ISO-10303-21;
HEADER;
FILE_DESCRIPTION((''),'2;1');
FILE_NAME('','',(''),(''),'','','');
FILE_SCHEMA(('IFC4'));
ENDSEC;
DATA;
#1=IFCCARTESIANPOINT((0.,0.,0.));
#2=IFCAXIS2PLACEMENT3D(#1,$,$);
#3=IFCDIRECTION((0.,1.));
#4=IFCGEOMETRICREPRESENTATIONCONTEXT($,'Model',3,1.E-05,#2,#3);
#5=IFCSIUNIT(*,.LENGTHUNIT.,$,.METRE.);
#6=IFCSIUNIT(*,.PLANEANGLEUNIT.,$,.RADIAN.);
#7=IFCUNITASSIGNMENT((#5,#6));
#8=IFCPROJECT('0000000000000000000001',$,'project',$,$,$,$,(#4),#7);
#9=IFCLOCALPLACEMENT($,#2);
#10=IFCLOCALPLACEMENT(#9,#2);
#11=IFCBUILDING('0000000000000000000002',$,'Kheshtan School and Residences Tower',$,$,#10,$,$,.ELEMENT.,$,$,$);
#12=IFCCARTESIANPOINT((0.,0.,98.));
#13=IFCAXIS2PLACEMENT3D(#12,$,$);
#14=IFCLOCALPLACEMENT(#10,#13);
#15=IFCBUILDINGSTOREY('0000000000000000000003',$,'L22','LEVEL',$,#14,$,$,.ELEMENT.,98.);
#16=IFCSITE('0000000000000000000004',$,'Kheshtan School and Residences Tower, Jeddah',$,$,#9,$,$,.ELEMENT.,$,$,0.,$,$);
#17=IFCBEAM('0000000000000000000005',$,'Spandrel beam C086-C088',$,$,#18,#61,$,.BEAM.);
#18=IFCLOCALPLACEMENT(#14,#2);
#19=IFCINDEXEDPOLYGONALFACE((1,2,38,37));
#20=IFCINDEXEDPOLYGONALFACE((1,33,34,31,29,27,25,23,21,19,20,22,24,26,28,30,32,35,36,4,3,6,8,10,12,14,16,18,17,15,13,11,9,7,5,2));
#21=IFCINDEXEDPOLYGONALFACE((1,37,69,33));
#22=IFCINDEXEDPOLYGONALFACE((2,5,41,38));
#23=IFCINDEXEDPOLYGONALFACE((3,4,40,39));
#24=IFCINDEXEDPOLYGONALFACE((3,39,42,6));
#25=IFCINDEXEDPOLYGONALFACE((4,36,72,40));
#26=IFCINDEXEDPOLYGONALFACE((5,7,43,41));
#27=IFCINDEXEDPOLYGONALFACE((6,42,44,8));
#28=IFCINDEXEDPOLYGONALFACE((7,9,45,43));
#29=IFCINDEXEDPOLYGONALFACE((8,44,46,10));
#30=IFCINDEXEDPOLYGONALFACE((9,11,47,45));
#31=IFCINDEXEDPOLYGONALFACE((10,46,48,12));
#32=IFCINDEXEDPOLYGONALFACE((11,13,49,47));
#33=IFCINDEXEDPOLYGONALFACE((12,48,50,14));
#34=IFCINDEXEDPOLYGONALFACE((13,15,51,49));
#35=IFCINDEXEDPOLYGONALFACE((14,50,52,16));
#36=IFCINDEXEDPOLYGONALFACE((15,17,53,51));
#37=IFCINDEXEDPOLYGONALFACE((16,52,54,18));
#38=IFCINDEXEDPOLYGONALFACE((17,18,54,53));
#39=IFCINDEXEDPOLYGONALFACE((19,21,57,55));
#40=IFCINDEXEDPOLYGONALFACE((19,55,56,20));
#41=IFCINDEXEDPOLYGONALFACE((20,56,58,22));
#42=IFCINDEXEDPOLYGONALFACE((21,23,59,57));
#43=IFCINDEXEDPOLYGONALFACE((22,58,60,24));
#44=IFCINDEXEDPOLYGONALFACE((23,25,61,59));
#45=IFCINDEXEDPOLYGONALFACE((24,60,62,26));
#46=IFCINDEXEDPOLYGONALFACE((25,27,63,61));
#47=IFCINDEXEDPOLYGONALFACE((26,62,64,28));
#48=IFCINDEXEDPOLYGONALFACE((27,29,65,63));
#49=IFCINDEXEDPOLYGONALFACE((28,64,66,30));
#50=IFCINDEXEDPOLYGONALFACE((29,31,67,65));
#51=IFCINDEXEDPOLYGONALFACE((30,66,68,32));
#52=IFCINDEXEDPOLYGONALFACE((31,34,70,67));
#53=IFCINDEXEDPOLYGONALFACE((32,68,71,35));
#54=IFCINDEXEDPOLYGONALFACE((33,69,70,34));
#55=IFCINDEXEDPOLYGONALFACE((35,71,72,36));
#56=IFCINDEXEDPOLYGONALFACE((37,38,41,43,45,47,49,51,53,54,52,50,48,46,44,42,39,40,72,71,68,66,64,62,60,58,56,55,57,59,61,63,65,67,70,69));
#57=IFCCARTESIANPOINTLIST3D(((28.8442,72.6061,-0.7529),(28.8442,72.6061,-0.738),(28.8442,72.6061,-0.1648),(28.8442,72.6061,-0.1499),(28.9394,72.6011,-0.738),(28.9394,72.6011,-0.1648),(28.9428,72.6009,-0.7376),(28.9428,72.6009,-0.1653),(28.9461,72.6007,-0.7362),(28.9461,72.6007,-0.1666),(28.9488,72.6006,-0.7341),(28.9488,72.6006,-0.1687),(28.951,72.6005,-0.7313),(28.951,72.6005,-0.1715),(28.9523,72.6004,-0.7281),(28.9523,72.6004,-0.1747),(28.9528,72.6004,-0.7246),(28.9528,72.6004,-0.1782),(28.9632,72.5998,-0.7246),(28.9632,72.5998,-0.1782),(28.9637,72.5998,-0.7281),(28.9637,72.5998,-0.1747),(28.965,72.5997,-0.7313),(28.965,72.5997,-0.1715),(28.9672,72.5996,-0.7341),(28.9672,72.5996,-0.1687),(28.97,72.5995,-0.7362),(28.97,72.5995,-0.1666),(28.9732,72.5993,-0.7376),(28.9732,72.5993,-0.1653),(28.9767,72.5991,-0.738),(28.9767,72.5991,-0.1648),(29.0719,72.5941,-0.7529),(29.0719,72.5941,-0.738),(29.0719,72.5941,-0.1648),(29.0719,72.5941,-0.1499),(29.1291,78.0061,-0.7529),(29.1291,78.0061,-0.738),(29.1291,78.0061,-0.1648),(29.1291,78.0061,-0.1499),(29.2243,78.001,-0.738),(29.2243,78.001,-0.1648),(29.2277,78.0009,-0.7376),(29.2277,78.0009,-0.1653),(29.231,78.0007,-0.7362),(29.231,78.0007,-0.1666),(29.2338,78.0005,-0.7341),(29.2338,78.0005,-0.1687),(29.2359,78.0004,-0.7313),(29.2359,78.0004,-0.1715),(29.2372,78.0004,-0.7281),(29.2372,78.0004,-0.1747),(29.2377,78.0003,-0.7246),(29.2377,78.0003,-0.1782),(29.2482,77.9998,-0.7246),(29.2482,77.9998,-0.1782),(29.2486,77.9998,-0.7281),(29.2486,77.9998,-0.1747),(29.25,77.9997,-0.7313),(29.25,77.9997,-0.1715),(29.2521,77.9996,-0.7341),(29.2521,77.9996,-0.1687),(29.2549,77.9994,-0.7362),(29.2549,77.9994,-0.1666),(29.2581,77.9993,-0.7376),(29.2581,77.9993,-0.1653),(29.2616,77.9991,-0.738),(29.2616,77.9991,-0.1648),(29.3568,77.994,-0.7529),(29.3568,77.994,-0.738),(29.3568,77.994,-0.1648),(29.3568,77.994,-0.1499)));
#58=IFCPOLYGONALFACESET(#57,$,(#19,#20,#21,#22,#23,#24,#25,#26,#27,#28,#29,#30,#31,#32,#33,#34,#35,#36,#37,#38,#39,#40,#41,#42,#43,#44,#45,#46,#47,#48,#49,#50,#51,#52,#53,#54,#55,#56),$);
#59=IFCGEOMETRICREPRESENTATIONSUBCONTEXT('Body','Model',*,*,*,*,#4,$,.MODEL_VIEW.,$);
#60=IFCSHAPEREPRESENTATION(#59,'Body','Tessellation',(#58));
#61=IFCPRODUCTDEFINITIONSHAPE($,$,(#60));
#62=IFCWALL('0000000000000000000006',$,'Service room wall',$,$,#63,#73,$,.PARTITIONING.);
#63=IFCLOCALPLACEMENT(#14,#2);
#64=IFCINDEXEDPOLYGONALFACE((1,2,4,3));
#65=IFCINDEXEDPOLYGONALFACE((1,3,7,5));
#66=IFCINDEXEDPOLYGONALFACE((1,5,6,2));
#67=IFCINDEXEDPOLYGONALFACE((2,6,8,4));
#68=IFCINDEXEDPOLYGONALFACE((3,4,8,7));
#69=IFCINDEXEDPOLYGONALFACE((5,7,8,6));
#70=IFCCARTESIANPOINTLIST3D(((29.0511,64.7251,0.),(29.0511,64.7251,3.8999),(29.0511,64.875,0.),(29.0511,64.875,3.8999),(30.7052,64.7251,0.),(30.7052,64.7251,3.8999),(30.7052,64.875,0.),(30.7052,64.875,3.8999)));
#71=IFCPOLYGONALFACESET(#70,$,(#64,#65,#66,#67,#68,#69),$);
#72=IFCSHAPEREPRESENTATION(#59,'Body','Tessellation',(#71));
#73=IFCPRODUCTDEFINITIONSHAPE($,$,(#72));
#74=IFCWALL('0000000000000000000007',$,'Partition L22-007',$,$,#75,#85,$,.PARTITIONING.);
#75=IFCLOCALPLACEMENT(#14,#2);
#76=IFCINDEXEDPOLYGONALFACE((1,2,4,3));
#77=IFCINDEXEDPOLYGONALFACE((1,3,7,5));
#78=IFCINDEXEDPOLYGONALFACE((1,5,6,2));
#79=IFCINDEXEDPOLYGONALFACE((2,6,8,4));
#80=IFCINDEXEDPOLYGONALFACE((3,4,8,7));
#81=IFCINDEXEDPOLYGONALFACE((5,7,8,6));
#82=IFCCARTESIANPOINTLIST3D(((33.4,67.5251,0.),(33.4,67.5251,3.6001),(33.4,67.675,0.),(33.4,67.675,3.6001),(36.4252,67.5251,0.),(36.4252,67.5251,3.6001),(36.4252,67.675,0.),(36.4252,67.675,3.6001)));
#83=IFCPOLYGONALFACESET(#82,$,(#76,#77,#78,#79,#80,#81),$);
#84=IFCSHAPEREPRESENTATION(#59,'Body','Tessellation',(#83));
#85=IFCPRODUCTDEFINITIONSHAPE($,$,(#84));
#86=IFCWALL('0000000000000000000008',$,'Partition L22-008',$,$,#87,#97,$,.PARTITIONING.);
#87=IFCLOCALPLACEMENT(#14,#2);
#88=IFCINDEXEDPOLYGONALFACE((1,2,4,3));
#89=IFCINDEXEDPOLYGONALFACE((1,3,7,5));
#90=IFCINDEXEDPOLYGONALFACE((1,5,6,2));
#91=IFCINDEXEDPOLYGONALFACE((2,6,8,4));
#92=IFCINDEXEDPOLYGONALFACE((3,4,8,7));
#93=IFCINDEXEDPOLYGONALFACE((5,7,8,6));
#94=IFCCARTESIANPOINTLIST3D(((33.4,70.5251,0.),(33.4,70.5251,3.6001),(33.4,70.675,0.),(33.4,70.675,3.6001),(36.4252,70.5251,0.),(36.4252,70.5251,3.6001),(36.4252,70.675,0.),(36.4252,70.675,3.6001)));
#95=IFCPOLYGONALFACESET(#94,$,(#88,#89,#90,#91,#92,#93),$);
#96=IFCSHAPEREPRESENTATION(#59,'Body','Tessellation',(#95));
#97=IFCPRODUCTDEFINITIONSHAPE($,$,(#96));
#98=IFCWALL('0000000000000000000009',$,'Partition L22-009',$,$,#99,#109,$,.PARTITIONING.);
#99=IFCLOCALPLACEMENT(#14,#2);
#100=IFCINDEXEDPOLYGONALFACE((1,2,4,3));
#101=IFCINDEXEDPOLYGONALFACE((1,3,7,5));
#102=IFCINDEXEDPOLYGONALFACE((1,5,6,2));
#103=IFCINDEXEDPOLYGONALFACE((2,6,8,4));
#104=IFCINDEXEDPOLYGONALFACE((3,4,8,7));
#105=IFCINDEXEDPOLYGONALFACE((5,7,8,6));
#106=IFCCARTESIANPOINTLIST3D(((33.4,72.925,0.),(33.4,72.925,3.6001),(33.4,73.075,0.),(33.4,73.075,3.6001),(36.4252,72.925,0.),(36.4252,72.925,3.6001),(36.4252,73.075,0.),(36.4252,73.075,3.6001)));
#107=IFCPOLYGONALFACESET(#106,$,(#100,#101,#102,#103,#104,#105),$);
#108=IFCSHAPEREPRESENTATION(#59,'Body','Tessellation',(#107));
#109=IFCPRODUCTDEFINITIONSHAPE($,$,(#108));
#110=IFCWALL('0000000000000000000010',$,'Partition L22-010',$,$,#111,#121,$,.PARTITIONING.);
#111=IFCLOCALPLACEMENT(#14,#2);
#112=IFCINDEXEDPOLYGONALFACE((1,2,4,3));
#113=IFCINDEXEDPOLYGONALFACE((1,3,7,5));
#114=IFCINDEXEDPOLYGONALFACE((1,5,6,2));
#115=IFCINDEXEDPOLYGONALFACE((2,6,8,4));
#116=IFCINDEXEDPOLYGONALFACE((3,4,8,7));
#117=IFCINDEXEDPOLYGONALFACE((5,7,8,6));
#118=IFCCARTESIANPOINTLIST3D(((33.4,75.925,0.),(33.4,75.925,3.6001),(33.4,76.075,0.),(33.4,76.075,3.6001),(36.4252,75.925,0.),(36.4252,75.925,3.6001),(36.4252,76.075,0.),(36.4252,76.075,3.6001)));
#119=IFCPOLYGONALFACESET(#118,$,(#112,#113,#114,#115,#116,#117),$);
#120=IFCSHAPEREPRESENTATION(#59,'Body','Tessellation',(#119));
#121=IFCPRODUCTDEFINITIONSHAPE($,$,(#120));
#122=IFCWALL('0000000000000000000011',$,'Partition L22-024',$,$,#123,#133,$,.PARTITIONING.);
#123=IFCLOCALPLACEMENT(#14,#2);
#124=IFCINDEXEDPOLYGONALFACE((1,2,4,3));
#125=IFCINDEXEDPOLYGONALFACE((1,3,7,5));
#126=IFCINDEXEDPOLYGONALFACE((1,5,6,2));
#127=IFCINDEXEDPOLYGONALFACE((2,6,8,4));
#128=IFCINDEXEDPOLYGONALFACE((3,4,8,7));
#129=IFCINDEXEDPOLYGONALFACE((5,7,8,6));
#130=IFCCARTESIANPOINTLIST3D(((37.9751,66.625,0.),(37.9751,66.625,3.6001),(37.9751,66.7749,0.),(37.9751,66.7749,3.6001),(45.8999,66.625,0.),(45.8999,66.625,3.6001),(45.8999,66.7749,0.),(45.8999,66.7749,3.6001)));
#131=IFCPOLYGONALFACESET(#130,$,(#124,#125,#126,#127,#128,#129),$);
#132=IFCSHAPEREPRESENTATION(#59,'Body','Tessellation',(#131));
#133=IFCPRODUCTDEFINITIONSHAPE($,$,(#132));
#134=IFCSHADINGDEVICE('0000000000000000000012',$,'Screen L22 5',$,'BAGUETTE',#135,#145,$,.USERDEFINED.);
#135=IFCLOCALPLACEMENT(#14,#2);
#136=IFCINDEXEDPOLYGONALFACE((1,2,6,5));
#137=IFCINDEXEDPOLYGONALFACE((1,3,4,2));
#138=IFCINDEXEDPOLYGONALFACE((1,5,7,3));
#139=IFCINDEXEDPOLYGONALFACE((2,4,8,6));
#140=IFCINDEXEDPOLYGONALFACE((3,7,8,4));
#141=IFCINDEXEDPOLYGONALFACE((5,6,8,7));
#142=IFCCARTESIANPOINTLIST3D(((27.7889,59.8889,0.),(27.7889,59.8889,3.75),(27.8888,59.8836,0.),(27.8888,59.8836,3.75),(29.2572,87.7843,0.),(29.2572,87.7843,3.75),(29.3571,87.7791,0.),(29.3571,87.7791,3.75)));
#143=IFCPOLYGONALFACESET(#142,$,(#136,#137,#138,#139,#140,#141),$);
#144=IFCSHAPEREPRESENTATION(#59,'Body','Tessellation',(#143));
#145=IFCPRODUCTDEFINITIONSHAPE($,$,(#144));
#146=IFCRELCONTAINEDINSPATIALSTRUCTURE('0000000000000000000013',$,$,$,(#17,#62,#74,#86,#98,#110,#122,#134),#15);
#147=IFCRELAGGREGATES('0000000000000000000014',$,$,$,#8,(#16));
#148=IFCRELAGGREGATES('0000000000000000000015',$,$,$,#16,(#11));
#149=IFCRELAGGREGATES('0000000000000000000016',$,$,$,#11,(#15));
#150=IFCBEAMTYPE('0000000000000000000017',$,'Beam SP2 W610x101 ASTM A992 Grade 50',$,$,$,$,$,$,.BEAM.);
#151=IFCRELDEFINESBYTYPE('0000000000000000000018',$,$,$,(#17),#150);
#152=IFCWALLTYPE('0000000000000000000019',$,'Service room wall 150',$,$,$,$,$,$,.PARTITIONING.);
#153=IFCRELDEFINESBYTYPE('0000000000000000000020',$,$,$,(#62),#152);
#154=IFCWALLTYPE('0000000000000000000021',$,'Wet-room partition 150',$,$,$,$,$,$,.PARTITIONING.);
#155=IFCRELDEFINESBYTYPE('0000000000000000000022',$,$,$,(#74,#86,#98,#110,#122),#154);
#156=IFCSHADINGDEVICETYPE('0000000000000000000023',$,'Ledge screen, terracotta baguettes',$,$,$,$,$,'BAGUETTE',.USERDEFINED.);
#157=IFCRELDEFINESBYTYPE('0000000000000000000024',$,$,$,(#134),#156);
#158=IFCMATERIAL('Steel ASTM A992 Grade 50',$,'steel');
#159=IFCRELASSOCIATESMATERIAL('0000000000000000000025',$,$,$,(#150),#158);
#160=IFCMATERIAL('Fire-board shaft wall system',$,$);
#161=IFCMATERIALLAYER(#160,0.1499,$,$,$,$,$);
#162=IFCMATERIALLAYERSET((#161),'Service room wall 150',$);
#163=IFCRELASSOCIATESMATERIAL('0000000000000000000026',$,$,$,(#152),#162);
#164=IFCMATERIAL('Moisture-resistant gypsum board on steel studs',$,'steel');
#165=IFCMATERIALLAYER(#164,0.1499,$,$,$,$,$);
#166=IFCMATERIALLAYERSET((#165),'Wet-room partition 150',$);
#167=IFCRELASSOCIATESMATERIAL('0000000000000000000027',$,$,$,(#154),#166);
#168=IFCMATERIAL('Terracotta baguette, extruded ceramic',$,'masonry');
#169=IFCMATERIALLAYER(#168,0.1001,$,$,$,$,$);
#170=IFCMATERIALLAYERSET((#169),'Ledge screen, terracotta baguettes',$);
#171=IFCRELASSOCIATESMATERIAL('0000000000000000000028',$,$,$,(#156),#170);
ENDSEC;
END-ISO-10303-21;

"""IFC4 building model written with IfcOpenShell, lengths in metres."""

from ifc_helpers import new_model, si_unit, direction, frame, frame_2d, origin, origin_2d, place, context, subcontext, project, spatial, rectangle, i_section, extrude, material, layer, layer_set, material_profile, profile_set, type_object, element, save


model = new_model("IFC4")

# Units and contexts
model_context = context("Model", 3, precision=1e-05, world=origin(), true_north=direction((0.0, 1.0)))
body_context = subcontext(model_context, "Body", "Model", "MODEL_VIEW")
ifc_project = project(units=[si_unit("LENGTHUNIT", "METRE"), si_unit("PLANEANGLEUNIT", "RADIAN")], contexts=[model_context])

# Site, building, storey
site_placement = place(None, origin())
site = spatial("IfcSite", under=ifc_project, at=site_placement, Name="Kheshtan School and Residences Tower, Jeddah", CompositionType="ELEMENT", RefElevation=0.0)
building_placement = place(site_placement, origin())
building = spatial("IfcBuilding", under=site, at=building_placement, Name="Kheshtan School and Residences Tower", CompositionType="ELEMENT")
storey_placement = place(building_placement, frame((0.0, 0.0, 98.0)))
storey = spatial("IfcBuildingStorey", under=building, at=storey_placement, Name="L22", Description="LEVEL", CompositionType="ELEMENT", Elevation=98.0)

# Shared definitions
ifc_material_1 = material(Name="Steel ASTM A992 Grade 50", Category="steel")

# Beam
ifc_material_profile_1 = material_profile(ifc_material_1, i_section(OverallWidth=0.228, OverallDepth=0.603, WebThickness=0.0105, FlangeThickness=0.0149, FilletRadius=0.0134, at=origin_2d()), Name="W610x101")
ifc_profile_set_1 = profile_set([ifc_material_profile_1], Name="Steel ASTM A992 Grade 50")
beam_type_1 = type_object("IfcBeamType", Name="Beam SP2 W610x101 ASTM A992 Grade 50", PredefinedType="BEAM", material=ifc_profile_set_1)
beam_1_placement = place(storey_placement, frame((28.958, 72.6001, -0.4514), z_axis=(0.052689, 0.998611, 0.0), x_axis=(-0.998611, 0.052689, 0.0)))
element("IfcBeam", 1, at=beam_1_placement, inside=storey, type_object=beam_type_1, Name="Spandrel beam C086-C088", PredefinedType="BEAM", context=body_context, shape_type="SweptSolid", body=[
    extrude(i_section(OverallWidth=0.228, OverallDepth=0.603, WebThickness=0.0105, FlangeThickness=0.0149, FilletRadius=0.0134, at=origin_2d()), origin(), (0.0, 0.0, 1.0), 5.4075),
])

# Walls
ifc_material_2 = material(Name="Fire-board shaft wall system")
ifc_layer_1 = layer(ifc_material_2, 0.1499)
ifc_layer_set_1 = layer_set([ifc_layer_1], Name="Service room wall 150")
wall_type_1 = type_object("IfcWallType", Name="Service room wall 150", PredefinedType="PARTITIONING", material=ifc_layer_set_1)
wall_1_placement = place(storey_placement, frame((29.051, 64.8, 0.0), z_axis=(0.0, 0.0, 1.0), x_axis=(1.0, 0.0, 0.0)))
element("IfcWall", 2, at=wall_1_placement, inside=storey, type_object=wall_type_1, Name="Service room wall", PredefinedType="PARTITIONING", context=body_context, shape_type="SweptSolid", body=[
    extrude(rectangle(XDim=1.6541, YDim=0.1499, at=frame_2d((0.8271, 0.0))), origin(), (0.0, 0.0, 1.0), 3.8999),
])
ifc_material_3 = material(Name="Moisture-resistant gypsum board on steel studs", Category="steel")
ifc_layer_2 = layer(ifc_material_3, 0.1499)
ifc_layer_set_2 = layer_set([ifc_layer_2], Name="Wet-room partition 150")
wall_type_2 = type_object("IfcWallType", Name="Wet-room partition 150", PredefinedType="PARTITIONING", material=ifc_layer_set_2)
for number, where, z_axis, x_axis, name in (
    (3, (33.3999, 67.6001, 0.0), (0.0, 0.0, 1.0), (1.0, 0.0, 0.0), "Partition L22-007"),
    (4, (33.3999, 70.6001, 0.0), (0.0, 0.0, 1.0), (1.0, 0.0, 0.0), "Partition L22-008"),
    (5, (33.3999, 73.0, 0.0), (0.0, 0.0, 1.0), (1.0, 0.0, 0.0), "Partition L22-009"),
    (6, (33.3999, 76.0, 0.0), (0.0, 0.0, 1.0), (1.0, 0.0, 0.0), "Partition L22-010"),
):
    element("IfcWall", number, at=place(storey_placement, frame(where, z_axis=z_axis, x_axis=x_axis)), inside=storey, type_object=wall_type_2, Name=name, PredefinedType="PARTITIONING", context=body_context, shape_type="SweptSolid", body=[
        extrude(rectangle(XDim=3.0251, YDim=0.1499, at=frame_2d((1.5127, 0.0))), origin(), (0.0, 0.0, 1.0), 3.6001),
    ])
wall_2_placement = place(storey_placement, frame((37.9751, 66.7, 0.0), z_axis=(0.0, 0.0, 1.0), x_axis=(1.0, 0.0, 0.0)))
element("IfcWall", 7, at=wall_2_placement, inside=storey, type_object=wall_type_2, Name="Partition L22-024", PredefinedType="PARTITIONING", context=body_context, shape_type="SweptSolid", body=[
    extrude(rectangle(XDim=7.9248, YDim=0.1499, at=frame_2d((3.9624, 0.0))), origin(), (0.0, 0.0, 1.0), 3.6001),
])

# Shading device
ifc_material_4 = material(Name="Terracotta baguette, extruded ceramic", Category="masonry")
ifc_layer_3 = layer(ifc_material_4, 0.1001)
ifc_layer_set_3 = layer_set([ifc_layer_3], Name="Ledge screen, terracotta baguettes")
shading_device_type = type_object("IfcShadingDeviceType", Name="Ledge screen, terracotta baguettes", ElementType="BAGUETTE", PredefinedType="USERDEFINED", material=ifc_layer_set_3)
shading_device_placement = place(storey_placement, frame((28.573, 73.834, 0.0), z_axis=(0.0, 0.0, 1.0), x_axis=(0.052563, 0.998618, 0.0)))
element("IfcShadingDevice", 8, at=shading_device_placement, inside=storey, type_object=shading_device_type, Name="Screen L22 5", ObjectType="BAGUETTE", PredefinedType="USERDEFINED", context=body_context, shape_type="SweptSolid", body=[
    extrude(rectangle(XDim=27.9341, YDim=0.1001, at=origin_2d()), origin(), (0.0, 0.0, 1.0), 3.75),
])

save(model, "model.ifc")
